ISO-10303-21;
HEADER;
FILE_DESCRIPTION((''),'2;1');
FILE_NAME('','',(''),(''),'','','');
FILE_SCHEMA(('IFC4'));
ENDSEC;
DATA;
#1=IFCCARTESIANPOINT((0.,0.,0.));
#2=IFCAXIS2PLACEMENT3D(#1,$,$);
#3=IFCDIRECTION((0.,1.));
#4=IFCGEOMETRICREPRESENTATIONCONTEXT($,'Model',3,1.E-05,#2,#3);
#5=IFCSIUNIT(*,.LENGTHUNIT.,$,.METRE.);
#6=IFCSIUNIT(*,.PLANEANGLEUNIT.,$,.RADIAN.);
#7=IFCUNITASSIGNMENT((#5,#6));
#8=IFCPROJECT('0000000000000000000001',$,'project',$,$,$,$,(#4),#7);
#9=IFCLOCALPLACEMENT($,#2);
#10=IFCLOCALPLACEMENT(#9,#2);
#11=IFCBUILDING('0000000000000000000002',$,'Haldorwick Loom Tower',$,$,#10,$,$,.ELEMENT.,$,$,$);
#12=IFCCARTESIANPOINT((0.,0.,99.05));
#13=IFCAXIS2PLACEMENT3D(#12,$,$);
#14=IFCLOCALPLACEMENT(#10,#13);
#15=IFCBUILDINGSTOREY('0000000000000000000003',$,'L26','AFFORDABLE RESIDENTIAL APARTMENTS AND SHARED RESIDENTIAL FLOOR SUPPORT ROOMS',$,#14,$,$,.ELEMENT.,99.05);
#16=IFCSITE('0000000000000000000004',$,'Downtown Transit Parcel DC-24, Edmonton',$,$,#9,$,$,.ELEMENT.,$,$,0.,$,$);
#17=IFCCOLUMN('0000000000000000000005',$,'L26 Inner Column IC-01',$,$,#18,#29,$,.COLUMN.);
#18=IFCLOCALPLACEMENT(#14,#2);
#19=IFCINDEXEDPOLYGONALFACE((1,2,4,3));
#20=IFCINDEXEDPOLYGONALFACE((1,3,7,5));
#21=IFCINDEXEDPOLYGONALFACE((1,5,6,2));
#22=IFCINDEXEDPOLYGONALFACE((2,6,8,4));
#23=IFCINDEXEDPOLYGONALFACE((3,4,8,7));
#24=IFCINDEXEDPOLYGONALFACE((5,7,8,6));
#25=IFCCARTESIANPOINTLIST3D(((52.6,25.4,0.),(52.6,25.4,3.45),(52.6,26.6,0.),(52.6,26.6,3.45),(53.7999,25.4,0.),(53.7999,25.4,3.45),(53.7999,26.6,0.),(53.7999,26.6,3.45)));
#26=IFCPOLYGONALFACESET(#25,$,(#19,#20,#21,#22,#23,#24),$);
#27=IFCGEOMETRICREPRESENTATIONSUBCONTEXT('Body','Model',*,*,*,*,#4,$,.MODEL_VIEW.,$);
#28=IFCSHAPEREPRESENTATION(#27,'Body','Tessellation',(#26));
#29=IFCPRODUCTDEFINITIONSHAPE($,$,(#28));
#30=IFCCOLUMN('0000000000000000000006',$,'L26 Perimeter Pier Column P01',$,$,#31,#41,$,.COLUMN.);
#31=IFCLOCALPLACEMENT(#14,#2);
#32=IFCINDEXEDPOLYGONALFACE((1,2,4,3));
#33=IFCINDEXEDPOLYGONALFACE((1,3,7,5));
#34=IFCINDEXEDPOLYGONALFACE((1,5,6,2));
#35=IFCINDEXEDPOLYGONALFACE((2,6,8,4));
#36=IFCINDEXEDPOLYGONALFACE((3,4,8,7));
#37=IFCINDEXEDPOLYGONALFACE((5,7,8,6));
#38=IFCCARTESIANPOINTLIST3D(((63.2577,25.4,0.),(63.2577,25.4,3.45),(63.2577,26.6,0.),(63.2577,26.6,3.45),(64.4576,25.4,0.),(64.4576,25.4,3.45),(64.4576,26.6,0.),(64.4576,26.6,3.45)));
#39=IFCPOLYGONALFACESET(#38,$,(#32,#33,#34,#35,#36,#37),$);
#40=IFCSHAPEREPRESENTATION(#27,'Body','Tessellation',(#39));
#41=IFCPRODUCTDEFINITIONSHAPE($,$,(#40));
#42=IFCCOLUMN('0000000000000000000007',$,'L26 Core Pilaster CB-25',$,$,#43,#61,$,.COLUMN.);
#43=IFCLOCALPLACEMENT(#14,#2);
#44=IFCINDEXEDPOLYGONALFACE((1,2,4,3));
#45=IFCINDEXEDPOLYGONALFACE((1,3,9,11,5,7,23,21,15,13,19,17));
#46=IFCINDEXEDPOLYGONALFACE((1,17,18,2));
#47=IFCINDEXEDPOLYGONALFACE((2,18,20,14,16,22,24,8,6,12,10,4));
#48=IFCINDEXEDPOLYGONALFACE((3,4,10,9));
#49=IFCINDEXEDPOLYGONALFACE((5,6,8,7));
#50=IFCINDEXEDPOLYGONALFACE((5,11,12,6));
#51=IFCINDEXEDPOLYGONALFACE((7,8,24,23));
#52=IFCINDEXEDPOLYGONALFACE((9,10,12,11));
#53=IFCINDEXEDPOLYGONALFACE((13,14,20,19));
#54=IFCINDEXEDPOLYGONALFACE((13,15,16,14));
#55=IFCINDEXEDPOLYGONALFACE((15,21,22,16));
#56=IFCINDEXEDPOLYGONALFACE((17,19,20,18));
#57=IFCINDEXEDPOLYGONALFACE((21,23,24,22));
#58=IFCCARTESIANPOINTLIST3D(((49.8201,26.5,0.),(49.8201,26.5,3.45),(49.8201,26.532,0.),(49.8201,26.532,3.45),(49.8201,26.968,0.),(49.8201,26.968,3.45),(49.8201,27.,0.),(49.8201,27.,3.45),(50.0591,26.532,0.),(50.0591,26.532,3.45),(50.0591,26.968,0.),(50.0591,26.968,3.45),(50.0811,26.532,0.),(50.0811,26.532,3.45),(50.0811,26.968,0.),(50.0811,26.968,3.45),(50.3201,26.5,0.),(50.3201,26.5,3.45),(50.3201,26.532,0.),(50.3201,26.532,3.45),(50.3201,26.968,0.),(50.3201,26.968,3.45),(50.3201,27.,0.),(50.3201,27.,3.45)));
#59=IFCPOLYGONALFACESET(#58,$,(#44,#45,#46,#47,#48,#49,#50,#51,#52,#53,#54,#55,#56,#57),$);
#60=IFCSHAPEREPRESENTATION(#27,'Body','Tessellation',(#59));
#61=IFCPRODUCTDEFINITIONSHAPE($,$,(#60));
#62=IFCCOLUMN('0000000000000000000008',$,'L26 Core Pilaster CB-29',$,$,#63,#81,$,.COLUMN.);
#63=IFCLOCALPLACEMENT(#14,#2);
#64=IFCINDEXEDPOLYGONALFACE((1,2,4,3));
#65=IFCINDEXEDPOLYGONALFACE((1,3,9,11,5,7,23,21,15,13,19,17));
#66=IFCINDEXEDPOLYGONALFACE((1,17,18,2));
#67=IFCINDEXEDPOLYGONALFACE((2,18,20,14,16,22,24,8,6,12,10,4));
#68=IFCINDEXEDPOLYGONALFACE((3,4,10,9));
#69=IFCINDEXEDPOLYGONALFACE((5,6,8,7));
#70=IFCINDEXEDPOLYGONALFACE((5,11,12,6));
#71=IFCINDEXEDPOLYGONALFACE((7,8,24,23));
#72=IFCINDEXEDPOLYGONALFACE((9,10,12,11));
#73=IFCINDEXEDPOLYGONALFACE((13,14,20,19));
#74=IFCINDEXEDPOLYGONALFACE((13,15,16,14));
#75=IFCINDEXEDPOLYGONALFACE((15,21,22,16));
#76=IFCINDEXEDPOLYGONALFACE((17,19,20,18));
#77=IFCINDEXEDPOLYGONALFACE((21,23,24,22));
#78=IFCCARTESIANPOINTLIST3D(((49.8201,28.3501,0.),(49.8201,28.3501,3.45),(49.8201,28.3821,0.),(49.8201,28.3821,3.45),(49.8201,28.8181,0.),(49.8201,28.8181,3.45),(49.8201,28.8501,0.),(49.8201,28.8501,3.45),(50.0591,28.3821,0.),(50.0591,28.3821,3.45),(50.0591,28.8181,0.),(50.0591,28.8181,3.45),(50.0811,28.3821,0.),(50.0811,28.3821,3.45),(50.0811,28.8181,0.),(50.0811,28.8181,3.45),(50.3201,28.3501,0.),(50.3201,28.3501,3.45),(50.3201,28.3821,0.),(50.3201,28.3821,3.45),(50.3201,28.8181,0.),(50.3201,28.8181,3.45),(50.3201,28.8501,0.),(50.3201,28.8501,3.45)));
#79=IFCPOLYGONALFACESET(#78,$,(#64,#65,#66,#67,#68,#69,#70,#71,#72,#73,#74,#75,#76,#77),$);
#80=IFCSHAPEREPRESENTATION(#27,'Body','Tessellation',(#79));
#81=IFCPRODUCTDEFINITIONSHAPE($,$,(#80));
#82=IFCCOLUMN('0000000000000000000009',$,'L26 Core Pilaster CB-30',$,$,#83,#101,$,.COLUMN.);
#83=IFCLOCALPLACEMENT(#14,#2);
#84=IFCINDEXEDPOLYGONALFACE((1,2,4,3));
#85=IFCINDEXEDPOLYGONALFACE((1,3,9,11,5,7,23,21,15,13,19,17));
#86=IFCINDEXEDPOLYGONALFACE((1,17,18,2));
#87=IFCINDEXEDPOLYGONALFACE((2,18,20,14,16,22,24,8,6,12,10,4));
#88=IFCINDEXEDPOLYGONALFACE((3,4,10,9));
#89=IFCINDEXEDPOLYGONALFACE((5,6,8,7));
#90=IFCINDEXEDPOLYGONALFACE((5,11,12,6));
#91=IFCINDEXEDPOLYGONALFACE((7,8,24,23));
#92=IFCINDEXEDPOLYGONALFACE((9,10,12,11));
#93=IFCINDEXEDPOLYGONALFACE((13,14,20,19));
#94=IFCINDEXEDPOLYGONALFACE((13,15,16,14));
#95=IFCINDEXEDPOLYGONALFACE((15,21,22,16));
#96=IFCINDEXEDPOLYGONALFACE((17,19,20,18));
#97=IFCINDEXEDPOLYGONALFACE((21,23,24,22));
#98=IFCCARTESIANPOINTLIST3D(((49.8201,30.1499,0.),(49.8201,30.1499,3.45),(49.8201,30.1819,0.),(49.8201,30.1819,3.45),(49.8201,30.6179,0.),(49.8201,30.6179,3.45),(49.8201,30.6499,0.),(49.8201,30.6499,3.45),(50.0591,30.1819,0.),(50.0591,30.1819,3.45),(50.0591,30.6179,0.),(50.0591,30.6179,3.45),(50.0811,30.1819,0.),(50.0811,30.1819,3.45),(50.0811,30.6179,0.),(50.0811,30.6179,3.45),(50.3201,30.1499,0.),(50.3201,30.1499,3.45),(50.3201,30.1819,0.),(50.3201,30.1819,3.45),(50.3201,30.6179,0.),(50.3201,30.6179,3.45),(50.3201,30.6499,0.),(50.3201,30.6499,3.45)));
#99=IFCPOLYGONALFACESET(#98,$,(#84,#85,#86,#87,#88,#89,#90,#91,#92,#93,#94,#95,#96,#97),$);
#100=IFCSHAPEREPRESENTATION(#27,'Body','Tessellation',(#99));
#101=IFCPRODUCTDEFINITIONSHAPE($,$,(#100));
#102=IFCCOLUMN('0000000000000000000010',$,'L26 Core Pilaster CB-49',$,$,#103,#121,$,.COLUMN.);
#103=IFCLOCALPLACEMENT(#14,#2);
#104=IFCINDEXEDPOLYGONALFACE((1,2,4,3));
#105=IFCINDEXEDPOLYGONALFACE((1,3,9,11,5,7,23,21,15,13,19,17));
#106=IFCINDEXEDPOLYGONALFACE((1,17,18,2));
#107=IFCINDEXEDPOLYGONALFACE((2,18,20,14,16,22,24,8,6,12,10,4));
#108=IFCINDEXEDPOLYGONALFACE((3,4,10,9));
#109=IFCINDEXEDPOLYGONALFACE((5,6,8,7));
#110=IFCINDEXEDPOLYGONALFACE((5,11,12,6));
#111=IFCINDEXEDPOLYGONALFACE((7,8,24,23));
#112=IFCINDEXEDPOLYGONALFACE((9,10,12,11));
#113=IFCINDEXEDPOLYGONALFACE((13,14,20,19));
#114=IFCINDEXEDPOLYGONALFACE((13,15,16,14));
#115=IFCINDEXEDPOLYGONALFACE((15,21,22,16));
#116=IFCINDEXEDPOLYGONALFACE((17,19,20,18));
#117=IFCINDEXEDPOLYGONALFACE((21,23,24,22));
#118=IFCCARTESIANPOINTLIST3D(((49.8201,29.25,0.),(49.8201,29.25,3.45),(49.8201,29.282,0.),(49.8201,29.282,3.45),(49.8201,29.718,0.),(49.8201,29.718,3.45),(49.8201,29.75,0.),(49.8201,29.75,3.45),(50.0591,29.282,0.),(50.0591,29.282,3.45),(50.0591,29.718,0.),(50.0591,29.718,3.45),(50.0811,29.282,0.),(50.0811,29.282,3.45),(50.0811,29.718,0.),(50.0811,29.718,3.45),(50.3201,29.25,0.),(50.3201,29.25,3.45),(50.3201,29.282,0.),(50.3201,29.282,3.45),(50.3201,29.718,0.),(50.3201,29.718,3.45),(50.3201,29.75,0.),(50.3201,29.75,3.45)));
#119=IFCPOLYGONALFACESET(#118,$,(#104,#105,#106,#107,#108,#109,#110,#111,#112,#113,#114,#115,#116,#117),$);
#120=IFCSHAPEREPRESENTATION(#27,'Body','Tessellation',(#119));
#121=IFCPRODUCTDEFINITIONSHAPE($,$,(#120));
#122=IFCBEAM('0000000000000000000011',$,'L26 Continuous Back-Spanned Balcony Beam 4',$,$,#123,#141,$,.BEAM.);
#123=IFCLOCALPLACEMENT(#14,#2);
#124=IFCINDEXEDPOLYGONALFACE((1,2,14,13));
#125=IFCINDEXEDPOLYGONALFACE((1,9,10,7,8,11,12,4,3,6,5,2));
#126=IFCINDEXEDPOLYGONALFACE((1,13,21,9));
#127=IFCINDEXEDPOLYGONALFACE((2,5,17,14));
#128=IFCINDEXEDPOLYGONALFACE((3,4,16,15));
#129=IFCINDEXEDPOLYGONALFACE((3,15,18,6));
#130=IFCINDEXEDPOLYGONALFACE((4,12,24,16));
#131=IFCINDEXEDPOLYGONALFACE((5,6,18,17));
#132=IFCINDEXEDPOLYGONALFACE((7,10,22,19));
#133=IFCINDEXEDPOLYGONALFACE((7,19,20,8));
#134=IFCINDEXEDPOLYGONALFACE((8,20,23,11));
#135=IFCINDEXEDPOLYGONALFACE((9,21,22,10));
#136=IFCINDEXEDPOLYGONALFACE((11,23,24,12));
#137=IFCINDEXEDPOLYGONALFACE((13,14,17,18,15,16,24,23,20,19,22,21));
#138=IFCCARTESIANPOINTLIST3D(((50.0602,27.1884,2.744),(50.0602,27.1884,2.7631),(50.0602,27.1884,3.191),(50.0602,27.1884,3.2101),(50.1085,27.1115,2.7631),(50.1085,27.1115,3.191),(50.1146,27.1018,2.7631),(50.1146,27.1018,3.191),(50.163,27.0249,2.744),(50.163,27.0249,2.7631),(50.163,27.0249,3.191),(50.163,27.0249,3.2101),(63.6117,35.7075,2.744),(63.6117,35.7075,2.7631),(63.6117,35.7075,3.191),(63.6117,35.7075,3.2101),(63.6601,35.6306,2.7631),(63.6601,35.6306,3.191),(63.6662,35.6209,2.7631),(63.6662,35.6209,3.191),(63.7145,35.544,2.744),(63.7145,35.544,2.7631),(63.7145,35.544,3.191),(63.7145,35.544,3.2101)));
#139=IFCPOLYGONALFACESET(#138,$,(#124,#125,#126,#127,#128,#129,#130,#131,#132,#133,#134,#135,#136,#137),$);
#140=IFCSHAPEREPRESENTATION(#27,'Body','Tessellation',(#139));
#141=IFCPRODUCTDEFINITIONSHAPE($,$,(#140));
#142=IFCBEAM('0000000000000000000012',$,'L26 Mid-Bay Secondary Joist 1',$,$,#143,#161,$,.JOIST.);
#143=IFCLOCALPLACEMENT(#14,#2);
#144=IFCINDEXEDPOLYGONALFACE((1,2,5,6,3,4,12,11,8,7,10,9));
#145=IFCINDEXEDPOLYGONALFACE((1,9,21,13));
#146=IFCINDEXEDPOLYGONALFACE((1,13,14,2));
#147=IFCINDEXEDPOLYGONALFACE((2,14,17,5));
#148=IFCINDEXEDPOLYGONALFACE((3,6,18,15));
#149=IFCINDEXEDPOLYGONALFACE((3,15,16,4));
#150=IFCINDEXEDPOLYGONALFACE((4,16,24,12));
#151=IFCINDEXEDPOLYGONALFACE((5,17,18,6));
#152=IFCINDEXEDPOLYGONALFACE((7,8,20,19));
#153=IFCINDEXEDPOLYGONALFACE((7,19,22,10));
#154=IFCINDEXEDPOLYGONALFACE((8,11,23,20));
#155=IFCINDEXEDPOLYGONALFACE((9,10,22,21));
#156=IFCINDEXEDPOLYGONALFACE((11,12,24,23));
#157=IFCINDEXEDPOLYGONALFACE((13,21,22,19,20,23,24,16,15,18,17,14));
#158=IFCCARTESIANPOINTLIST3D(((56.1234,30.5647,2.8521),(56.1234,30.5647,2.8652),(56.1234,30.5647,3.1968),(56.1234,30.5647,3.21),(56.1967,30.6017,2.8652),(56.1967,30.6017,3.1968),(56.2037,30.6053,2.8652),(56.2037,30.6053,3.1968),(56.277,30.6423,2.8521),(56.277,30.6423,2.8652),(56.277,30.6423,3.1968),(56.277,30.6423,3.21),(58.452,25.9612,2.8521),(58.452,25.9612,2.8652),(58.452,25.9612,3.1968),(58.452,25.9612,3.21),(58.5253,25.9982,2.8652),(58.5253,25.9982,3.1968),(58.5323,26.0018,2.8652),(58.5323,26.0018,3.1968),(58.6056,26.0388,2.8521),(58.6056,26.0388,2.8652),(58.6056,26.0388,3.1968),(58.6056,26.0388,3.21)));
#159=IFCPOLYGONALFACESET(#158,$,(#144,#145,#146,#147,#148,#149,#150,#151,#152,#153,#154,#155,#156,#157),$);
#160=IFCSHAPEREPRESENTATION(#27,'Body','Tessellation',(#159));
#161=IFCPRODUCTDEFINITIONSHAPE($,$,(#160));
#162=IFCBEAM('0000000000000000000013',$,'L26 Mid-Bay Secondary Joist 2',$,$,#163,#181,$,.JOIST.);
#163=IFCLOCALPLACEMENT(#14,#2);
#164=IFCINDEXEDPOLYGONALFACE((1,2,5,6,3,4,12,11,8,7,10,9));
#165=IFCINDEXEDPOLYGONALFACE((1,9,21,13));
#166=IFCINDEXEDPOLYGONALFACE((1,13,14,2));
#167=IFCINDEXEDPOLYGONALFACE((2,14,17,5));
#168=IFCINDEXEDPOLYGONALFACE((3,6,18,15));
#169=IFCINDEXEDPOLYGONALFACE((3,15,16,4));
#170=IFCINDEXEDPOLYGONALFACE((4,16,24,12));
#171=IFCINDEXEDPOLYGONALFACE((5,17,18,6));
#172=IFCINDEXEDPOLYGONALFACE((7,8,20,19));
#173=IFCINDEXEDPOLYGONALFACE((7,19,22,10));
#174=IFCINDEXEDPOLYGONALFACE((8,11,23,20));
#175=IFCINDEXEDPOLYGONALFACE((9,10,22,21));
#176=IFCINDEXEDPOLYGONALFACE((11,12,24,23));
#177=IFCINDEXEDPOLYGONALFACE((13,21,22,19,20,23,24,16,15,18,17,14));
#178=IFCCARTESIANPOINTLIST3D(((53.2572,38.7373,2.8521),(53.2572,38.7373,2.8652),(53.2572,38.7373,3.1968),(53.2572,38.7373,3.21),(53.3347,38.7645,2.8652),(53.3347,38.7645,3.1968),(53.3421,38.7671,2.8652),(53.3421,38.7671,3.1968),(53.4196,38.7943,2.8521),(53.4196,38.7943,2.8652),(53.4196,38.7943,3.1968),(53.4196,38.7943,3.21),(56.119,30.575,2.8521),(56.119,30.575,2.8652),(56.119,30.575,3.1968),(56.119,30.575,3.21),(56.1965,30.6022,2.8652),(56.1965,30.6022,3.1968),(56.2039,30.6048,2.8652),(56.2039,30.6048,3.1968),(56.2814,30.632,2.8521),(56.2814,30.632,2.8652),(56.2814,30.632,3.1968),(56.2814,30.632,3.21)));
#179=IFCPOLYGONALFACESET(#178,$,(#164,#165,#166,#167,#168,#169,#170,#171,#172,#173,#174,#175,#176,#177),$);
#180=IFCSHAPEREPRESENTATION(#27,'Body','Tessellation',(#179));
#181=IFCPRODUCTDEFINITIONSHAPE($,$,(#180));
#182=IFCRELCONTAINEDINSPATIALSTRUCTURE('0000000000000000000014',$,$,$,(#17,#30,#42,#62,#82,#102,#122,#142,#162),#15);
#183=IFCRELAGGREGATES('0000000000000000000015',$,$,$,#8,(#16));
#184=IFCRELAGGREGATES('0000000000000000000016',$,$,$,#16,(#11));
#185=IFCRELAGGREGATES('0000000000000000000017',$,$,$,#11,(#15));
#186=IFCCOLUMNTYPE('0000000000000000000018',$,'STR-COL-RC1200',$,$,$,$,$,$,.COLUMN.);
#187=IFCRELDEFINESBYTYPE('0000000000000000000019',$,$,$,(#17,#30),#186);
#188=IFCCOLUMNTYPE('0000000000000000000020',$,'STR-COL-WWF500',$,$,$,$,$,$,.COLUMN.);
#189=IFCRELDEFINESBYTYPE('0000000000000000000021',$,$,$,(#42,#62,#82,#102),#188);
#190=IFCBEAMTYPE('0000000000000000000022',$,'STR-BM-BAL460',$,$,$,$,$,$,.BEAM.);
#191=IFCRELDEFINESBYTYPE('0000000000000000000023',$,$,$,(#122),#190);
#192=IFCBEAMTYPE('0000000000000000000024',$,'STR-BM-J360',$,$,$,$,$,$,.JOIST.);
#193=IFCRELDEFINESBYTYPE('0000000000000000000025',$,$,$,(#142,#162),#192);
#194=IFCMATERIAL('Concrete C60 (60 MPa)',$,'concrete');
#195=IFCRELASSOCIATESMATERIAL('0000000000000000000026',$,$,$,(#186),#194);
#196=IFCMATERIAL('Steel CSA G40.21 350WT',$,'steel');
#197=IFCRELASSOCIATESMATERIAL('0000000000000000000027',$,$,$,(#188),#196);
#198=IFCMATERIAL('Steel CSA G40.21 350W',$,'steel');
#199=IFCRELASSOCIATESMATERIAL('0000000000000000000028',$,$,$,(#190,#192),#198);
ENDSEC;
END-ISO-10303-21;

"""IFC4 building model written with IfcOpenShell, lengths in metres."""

from ifc_helpers import new_model, si_unit, direction, frame, origin, origin_2d, place, context, subcontext, project, spatial, rectangle, i_section, extrude, material, material_profile, profile_set, type_object, element, save


model = new_model("IFC4")

# Units and contexts
model_context = context("Model", 3, precision=1e-05, world=origin(), true_north=direction((0.0, 1.0)))
body_context = subcontext(model_context, "Body", "Model", "MODEL_VIEW")
ifc_project = project(units=[si_unit("LENGTHUNIT", "METRE"), si_unit("PLANEANGLEUNIT", "RADIAN")], contexts=[model_context])

# Site, building, storey
site_placement = place(None, origin())
site = spatial("IfcSite", under=ifc_project, at=site_placement, Name="Downtown Transit Parcel DC-24, Edmonton", CompositionType="ELEMENT", RefElevation=0.0)
building_placement = place(site_placement, origin())
building = spatial("IfcBuilding", under=site, at=building_placement, Name="Haldorwick Loom Tower", CompositionType="ELEMENT")
storey_placement = place(building_placement, frame((0.0, 0.0, 99.05)))
storey = spatial("IfcBuildingStorey", under=building, at=storey_placement, Name="L26", Description="AFFORDABLE RESIDENTIAL APARTMENTS AND SHARED RESIDENTIAL FLOOR SUPPORT ROOMS", CompositionType="ELEMENT", Elevation=99.05)

# Columns
ifc_material_1 = material(Name="Concrete C60 (60 MPa)", Category="concrete")
ifc_material_profile_1 = material_profile(ifc_material_1, rectangle(XDim=1.2, YDim=1.2, at=origin_2d()), Name="RC1200X1200", Category="concrete")
ifc_profile_set_1 = profile_set([ifc_material_profile_1], Name="Concrete C60 (60 MPa)")
column_type_1 = type_object("IfcColumnType", Name="STR-COL-RC1200", PredefinedType="COLUMN", material=ifc_profile_set_1)
for number, where, z_axis, x_axis, name in (
    (1, (53.2, 26.0, 0.0), (0.0, 0.0, 1.0), (1.0, 0.0, 0.0), "L26 Inner Column IC-01"),
    (2, (63.8577, 26.0, 0.0), (0.0, 0.0, 1.0), (1.0, 0.0, 0.0), "L26 Perimeter Pier Column P01"),
):
    element("IfcColumn", number, at=place(storey_placement, frame(where, z_axis=z_axis, x_axis=x_axis)), inside=storey, type_object=column_type_1, Name=name, PredefinedType="COLUMN", context=body_context, shape_type="SweptSolid", body=[
        extrude(rectangle(XDim=1.2, YDim=1.2, at=origin_2d()), origin(), (0.0, 0.0, 1.0), 3.45),
    ])
ifc_material_2 = material(Name="Steel CSA G40.21 350WT", Category="steel")
ifc_material_profile_2 = material_profile(ifc_material_2, i_section(OverallWidth=0.5, OverallDepth=0.5, WebThickness=0.022, FlangeThickness=0.032, at=origin_2d()), Name="WWF500X500", Category="steel")
ifc_profile_set_2 = profile_set([ifc_material_profile_2], Name="Steel CSA G40.21 350WT")
column_type_2 = type_object("IfcColumnType", Name="STR-COL-WWF500", PredefinedType="COLUMN", material=ifc_profile_set_2)
for number, where, z_axis, x_axis, name in (
    (3, (50.0701, 26.75, 0.0), (0.0, 0.0, 1.0), (1.0, 0.0, 0.0), "L26 Core Pilaster CB-25"),
    (4, (50.0701, 28.6001, 0.0), (0.0, 0.0, 1.0), (1.0, 0.0, 0.0), "L26 Core Pilaster CB-29"),
    (5, (50.0701, 30.3999, 0.0), (0.0, 0.0, 1.0), (1.0, 0.0, 0.0), "L26 Core Pilaster CB-30"),
    (6, (50.0701, 29.5, 0.0), (0.0, 0.0, 1.0), (1.0, 0.0, 0.0), "L26 Core Pilaster CB-49"),
):
    element("IfcColumn", number, at=place(storey_placement, frame(where, z_axis=z_axis, x_axis=x_axis)), inside=storey, type_object=column_type_2, Name=name, PredefinedType="COLUMN", context=body_context, shape_type="SweptSolid", body=[
        extrude(i_section(OverallWidth=0.5, OverallDepth=0.5, WebThickness=0.022, FlangeThickness=0.032, at=origin_2d()), origin(), (0.0, 0.0, 1.0), 3.45),
    ])

# Beams
ifc_material_3 = material(Name="Steel CSA G40.21 350W", Category="steel")
ifc_material_profile_3 = material_profile(ifc_material_3, i_section(OverallWidth=0.1931, OverallDepth=0.4661, WebThickness=0.0115, FlangeThickness=0.019, at=origin_2d()), Name="W460X97", Category="steel")
ifc_profile_set_3 = profile_set([ifc_material_profile_3], Name="Steel CSA G40.21 350W")
beam_type_1 = type_object("IfcBeamType", Name="STR-BM-BAL460", PredefinedType="BEAM", material=ifc_profile_set_3)
beam_1_placement = place(storey_placement, frame((50.1116, 27.1067, 2.9771), z_axis=(0.84661, 0.532214, 0.0), x_axis=(-0.532214, 0.84661, 0.0)))
element("IfcBeam", 7, at=beam_1_placement, inside=storey, type_object=beam_type_1, Name="L26 Continuous Back-Spanned Balcony Beam 4", PredefinedType="BEAM", context=body_context, shape_type="SweptSolid", body=[
    extrude(i_section(OverallWidth=0.1931, OverallDepth=0.4661, WebThickness=0.0115, FlangeThickness=0.019, at=origin_2d()), origin(), (0.0, 0.0, 1.0), 16.0068),
])
ifc_material_profile_4 = material_profile(ifc_material_3, i_section(OverallWidth=0.1721, OverallDepth=0.3579, WebThickness=0.0078, FlangeThickness=0.0132, at=origin_2d()), Name="W360X57", Category="steel")
ifc_profile_set_4 = profile_set([ifc_material_profile_4], Name="Steel CSA G40.21 350W")
beam_type_2 = type_object("IfcBeamType", Name="STR-BM-J360", PredefinedType="JOIST", material=ifc_profile_set_4)
beam_2_placement = place(storey_placement, frame((58.5288, 26.0, 3.031), z_axis=(-0.451373, 0.892335, 0.0), x_axis=(-0.892335, -0.451373, 0.0)))
element("IfcBeam", 8, at=beam_2_placement, inside=storey, type_object=beam_type_2, Name="L26 Mid-Bay Secondary Joist 1", PredefinedType="JOIST", context=body_context, shape_type="SweptSolid", body=[
    extrude(i_section(OverallWidth=0.1721, OverallDepth=0.3579, WebThickness=0.0078, FlangeThickness=0.0132, at=origin_2d()), origin(), (0.0, 0.0, 1.0), 5.1589),
])
beam_3_placement = place(storey_placement, frame((56.2002, 30.6035, 3.031), z_axis=(-0.330865, 0.943678, 0.0), x_axis=(-0.943678, -0.330865, 0.0)))
element("IfcBeam", 9, at=beam_3_placement, inside=storey, type_object=beam_type_2, Name="L26 Mid-Bay Secondary Joist 2", PredefinedType="JOIST", context=body_context, shape_type="SweptSolid", body=[
    extrude(i_section(OverallWidth=0.1721, OverallDepth=0.3579, WebThickness=0.0078, FlangeThickness=0.0132, at=origin_2d()), origin(), (0.0, 0.0, 1.0), 8.6494),
])

save(model, "model.ifc")
